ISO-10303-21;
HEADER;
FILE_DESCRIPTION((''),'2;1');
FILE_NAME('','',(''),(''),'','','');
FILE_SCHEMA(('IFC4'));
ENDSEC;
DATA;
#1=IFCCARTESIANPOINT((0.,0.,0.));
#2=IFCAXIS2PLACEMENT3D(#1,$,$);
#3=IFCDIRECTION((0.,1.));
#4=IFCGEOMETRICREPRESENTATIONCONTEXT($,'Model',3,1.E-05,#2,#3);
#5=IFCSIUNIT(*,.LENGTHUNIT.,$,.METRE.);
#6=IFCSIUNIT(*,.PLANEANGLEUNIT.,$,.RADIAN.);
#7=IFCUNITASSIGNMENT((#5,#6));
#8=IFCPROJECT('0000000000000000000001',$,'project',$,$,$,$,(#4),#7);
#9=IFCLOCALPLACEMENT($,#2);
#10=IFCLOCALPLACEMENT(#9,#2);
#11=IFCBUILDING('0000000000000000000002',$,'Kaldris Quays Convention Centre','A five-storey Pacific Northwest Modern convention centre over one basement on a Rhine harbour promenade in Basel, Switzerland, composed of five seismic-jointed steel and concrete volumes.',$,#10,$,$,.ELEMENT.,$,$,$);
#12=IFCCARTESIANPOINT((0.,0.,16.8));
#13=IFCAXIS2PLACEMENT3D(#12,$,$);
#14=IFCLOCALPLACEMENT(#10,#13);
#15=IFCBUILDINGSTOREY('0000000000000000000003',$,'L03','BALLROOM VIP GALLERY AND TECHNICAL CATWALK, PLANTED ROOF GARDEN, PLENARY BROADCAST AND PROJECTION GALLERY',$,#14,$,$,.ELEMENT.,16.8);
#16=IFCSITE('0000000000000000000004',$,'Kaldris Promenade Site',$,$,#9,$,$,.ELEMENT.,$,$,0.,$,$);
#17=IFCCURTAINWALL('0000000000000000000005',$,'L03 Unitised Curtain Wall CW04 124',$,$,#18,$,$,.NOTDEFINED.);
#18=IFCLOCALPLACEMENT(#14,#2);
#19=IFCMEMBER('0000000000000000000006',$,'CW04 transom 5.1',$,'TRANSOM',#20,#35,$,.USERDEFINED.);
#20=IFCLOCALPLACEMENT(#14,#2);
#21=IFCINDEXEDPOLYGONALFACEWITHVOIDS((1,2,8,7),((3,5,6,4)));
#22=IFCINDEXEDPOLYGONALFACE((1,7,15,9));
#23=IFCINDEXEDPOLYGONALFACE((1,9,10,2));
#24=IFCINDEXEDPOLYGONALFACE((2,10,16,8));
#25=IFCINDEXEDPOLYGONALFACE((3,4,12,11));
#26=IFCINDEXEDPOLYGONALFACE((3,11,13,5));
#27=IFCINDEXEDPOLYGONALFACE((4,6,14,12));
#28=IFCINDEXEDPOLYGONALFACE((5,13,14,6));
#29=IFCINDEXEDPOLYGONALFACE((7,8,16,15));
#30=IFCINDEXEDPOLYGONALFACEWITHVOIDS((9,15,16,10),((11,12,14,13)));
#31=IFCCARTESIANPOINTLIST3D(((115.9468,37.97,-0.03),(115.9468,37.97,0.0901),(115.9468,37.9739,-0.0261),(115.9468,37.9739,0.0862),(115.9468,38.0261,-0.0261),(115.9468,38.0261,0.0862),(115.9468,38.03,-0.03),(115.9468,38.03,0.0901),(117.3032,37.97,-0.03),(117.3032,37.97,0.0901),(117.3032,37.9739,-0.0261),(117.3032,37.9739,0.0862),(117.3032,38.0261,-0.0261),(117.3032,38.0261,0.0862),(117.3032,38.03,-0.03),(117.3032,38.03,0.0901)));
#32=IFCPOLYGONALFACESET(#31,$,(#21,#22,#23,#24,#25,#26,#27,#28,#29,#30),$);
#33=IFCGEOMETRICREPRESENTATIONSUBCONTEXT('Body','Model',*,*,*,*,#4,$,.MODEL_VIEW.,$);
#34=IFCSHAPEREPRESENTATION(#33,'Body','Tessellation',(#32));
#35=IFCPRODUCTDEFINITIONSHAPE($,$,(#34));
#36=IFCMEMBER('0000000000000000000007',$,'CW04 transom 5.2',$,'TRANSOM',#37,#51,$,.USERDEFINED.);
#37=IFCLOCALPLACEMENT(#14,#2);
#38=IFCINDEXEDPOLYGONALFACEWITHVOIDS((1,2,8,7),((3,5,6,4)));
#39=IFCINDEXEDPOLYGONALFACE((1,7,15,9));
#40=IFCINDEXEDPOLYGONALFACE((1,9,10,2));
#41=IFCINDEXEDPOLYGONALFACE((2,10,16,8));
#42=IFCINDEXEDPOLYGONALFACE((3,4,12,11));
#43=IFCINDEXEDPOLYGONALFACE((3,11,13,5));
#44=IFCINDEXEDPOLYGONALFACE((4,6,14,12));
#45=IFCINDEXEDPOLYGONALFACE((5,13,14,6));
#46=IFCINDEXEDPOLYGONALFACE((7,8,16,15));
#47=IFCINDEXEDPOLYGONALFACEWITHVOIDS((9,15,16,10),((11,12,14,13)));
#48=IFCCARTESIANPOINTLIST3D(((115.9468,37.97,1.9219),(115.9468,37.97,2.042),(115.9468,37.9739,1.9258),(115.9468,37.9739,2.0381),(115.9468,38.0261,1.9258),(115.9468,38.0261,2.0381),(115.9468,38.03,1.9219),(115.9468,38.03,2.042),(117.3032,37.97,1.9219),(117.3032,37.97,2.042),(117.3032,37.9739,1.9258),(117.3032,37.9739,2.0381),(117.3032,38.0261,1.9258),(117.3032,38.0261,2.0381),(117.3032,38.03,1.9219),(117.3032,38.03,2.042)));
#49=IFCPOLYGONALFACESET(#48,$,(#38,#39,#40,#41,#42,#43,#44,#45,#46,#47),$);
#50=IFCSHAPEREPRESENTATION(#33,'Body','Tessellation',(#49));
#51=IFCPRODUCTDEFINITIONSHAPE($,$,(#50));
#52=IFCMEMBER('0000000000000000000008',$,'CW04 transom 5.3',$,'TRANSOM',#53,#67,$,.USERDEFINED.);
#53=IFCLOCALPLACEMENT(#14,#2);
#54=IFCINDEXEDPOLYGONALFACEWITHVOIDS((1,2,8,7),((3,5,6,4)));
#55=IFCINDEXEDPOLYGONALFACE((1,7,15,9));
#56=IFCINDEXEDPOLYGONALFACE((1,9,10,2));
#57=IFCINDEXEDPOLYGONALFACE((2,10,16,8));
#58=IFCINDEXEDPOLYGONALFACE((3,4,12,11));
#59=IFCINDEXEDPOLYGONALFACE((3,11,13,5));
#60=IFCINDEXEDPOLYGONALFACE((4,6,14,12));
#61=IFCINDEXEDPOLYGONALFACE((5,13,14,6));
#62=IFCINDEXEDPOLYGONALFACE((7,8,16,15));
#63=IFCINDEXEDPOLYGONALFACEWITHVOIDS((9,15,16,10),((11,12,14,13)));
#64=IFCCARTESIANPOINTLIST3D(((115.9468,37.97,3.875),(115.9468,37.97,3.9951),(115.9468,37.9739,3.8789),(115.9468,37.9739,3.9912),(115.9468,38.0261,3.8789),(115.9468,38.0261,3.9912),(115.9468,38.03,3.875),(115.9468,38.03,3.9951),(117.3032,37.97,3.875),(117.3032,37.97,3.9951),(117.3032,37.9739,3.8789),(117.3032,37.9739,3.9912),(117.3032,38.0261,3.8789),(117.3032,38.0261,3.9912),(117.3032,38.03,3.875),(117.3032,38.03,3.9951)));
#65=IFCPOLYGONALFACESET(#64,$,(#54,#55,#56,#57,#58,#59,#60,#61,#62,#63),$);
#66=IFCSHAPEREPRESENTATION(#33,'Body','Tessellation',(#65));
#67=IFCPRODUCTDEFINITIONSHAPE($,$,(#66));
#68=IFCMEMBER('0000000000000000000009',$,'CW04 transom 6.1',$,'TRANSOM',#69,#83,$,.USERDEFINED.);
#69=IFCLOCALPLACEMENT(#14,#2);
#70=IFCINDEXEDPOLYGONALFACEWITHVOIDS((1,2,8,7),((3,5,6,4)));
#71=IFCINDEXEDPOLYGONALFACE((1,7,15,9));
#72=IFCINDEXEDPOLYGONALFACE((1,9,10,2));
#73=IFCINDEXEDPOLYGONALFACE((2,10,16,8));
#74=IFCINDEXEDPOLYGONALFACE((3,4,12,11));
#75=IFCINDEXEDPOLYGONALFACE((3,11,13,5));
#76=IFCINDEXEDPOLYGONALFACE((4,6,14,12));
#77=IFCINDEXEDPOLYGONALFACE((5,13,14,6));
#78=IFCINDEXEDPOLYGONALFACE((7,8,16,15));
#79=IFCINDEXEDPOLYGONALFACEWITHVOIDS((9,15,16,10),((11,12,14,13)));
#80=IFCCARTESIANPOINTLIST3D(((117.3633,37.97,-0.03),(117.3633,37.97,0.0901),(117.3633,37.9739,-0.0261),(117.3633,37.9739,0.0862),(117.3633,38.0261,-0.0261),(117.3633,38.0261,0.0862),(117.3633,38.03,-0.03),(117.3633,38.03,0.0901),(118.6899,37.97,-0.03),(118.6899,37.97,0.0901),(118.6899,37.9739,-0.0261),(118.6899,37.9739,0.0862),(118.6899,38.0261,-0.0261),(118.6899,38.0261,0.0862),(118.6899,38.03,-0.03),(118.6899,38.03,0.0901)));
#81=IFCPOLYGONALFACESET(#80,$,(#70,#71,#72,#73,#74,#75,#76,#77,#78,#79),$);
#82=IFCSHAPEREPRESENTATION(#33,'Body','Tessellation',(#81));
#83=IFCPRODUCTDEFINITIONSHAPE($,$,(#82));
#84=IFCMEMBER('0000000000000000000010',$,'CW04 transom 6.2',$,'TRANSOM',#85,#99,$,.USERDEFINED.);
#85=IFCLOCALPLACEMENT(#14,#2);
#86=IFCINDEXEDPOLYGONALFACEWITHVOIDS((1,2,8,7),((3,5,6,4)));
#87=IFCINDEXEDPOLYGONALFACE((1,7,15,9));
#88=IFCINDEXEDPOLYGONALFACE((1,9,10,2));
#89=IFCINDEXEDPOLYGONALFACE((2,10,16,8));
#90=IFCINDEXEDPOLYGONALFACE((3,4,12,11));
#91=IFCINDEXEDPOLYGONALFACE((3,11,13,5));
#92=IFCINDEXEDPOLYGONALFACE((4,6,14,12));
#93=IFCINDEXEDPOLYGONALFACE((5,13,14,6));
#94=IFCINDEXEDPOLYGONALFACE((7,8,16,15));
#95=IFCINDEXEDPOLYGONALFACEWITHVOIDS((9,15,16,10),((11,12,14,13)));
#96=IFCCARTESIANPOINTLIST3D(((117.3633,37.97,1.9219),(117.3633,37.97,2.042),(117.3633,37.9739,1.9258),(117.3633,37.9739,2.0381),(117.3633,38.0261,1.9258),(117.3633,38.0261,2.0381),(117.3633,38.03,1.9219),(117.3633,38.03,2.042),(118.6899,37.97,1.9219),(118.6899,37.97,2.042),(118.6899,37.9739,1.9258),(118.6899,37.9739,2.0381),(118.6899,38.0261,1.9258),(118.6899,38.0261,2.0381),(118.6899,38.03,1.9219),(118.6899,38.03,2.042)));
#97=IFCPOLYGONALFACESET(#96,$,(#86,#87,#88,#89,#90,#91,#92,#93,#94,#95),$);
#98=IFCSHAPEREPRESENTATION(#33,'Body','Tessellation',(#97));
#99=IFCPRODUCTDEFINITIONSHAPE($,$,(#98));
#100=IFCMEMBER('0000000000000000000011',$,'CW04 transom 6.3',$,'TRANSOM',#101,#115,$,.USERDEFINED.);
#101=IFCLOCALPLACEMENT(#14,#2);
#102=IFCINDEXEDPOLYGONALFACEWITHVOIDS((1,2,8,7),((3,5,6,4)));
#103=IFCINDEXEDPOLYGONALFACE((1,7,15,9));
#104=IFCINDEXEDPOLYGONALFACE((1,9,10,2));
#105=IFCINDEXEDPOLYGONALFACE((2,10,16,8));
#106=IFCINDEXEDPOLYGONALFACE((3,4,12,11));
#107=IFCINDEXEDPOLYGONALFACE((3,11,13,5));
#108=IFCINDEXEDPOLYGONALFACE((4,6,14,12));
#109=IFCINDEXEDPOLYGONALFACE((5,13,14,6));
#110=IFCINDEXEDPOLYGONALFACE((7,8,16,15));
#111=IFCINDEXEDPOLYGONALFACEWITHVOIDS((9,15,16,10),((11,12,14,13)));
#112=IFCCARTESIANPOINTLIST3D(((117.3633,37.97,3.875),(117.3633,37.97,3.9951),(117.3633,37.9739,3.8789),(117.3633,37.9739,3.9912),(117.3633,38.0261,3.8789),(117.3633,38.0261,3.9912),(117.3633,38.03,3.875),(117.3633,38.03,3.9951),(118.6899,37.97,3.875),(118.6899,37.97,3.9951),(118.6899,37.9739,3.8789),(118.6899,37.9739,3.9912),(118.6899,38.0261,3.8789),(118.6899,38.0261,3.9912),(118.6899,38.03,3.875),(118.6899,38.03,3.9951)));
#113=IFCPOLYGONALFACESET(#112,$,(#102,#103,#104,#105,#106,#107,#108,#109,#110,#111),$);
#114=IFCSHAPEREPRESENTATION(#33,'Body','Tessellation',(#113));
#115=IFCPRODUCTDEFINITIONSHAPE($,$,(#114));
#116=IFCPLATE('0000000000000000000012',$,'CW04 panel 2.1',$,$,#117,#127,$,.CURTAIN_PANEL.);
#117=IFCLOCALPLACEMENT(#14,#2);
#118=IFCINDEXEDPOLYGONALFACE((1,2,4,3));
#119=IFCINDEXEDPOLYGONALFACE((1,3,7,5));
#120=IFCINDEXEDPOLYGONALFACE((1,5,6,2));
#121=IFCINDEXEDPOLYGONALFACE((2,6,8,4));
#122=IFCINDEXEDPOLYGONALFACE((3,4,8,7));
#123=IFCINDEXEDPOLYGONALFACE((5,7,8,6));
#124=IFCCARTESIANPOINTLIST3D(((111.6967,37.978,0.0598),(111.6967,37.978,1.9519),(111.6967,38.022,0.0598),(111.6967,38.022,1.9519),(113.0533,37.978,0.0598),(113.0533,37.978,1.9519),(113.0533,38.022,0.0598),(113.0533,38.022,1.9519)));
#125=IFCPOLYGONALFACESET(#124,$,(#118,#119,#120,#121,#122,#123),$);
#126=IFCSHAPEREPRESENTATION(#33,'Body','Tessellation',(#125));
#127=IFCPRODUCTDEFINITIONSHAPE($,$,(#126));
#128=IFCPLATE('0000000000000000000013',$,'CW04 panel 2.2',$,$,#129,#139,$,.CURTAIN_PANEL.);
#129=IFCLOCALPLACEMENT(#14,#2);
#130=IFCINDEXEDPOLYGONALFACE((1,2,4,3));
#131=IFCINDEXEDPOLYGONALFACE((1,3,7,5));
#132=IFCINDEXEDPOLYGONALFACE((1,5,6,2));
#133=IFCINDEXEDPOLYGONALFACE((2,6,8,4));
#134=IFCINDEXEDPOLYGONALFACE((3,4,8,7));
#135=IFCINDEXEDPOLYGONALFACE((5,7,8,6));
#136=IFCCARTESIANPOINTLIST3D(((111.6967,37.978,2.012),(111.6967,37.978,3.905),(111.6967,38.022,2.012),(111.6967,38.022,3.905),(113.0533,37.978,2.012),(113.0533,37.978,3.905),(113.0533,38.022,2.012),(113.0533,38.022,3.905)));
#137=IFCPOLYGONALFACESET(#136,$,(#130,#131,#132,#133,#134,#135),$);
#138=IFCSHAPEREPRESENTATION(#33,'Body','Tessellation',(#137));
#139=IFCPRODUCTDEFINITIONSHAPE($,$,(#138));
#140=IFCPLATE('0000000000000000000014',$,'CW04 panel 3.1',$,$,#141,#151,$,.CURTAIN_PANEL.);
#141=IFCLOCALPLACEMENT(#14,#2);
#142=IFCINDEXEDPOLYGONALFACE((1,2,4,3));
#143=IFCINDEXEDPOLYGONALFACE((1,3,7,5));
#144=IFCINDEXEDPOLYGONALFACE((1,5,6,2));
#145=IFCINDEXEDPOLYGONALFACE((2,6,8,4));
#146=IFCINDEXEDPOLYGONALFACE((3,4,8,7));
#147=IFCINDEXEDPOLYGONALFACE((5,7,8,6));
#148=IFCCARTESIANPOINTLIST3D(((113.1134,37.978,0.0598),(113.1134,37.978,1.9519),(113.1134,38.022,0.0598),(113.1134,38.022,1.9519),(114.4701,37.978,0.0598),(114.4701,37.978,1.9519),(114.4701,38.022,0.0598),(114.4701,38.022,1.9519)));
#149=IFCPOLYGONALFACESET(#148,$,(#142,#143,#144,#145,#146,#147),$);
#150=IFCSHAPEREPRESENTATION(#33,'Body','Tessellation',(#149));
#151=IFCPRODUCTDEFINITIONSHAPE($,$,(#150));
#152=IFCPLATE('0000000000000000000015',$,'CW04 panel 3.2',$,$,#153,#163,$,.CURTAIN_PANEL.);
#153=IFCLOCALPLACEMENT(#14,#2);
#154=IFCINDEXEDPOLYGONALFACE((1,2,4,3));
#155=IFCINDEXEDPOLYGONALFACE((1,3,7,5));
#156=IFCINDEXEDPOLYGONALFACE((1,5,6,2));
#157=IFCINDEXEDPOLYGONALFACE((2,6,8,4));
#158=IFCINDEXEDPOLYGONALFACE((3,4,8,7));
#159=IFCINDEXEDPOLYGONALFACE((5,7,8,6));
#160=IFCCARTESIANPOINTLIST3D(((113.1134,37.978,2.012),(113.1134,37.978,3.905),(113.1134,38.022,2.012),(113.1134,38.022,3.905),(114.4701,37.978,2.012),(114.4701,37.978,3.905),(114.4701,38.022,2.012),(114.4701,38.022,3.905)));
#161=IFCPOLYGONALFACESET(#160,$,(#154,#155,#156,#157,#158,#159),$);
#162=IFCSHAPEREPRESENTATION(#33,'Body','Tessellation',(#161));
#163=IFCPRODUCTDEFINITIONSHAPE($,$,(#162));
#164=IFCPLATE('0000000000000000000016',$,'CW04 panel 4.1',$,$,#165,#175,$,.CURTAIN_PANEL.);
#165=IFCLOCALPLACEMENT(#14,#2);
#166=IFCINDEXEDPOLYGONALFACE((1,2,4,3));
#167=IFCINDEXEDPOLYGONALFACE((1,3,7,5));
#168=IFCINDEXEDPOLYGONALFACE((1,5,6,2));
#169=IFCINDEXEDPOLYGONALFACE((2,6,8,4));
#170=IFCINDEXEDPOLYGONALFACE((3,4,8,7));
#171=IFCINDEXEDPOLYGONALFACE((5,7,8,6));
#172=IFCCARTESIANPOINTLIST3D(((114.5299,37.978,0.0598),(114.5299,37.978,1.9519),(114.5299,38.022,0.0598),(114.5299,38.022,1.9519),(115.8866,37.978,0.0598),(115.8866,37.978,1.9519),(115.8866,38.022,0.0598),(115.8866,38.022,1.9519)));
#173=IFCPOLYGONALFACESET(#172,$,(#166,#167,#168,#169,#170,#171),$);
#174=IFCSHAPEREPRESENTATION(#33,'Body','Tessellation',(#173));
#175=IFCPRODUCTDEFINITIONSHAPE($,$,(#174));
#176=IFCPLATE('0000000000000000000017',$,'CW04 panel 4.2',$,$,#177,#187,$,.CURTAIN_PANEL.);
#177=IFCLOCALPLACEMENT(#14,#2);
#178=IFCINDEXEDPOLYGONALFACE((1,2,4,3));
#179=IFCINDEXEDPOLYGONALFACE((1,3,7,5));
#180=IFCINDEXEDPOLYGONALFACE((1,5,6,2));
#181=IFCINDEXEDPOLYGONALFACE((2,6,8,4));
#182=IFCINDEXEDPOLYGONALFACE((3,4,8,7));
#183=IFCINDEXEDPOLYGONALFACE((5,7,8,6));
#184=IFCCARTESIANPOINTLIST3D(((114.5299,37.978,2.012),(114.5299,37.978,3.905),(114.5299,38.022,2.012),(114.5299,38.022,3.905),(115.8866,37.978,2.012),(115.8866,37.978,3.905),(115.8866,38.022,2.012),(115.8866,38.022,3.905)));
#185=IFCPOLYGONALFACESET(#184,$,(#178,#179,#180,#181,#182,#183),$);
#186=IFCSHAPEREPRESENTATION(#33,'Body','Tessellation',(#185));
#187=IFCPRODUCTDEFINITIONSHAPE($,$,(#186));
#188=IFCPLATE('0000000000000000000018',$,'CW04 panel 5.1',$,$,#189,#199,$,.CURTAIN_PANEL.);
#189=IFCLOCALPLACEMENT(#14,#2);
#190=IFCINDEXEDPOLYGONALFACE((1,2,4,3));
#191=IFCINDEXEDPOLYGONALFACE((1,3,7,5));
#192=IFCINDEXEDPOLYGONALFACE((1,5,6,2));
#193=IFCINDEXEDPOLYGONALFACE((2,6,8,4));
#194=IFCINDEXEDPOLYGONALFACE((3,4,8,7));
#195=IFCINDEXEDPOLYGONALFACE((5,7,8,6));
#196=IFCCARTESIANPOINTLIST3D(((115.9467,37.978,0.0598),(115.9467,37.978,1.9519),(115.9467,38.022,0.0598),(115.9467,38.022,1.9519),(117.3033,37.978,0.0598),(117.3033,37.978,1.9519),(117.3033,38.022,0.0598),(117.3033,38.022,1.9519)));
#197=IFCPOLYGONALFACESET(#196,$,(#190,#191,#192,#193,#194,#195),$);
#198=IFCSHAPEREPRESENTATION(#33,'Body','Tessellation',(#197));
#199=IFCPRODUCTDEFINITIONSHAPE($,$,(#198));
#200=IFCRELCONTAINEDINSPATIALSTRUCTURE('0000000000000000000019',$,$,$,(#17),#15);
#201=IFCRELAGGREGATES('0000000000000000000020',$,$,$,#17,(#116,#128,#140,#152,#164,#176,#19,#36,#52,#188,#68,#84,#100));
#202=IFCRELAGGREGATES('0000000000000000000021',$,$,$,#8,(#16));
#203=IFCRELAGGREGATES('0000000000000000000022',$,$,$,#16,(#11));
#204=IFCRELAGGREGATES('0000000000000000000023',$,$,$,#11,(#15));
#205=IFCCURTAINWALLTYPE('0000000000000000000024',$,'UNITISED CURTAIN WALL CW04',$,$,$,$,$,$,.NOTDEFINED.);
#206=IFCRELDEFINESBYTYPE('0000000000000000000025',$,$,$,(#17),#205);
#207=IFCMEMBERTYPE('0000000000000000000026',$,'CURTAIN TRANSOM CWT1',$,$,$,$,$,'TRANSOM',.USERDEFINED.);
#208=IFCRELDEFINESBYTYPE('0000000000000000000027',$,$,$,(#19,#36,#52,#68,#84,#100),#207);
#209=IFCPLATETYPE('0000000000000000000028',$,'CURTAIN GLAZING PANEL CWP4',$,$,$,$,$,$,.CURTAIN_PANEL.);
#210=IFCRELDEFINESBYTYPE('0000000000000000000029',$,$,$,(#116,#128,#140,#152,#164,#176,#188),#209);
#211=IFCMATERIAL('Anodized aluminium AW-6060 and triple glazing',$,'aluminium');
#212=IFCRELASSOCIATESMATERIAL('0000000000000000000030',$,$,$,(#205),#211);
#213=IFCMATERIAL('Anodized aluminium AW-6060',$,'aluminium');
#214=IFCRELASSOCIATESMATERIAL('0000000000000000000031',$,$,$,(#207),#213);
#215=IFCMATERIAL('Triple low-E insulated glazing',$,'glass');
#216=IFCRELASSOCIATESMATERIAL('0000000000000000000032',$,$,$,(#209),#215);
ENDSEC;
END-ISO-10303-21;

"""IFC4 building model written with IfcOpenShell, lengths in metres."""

from ifc_helpers import new_model, si_unit, direction, frame, origin, origin_2d, place, context, subcontext, project, spatial, rectangle, hollow_rectangle, extrude, material, material_profile, profile_set, type_object, element, aggregate, save


model = new_model("IFC4")

# Units and contexts
model_context = context("Model", 3, precision=1e-05, world=origin(), true_north=direction((0.0, 1.0)))
body_context = subcontext(model_context, "Body", "Model", "MODEL_VIEW")
ifc_project = project(units=[si_unit("LENGTHUNIT", "METRE"), si_unit("PLANEANGLEUNIT", "RADIAN")], contexts=[model_context])

# Site, building, storey
site_placement = place(None, origin())
site = spatial("IfcSite", under=ifc_project, at=site_placement, Name="Kaldris Promenade Site", CompositionType="ELEMENT", RefElevation=0.0)
building_placement = place(site_placement, origin())
building = spatial("IfcBuilding", under=site, at=building_placement, Name="Kaldris Quays Convention Centre", Description="A five-storey Pacific Northwest Modern convention centre over one basement on a Rhine harbour promenade in Basel, Switzerland, composed of five seismic-jointed steel and concrete volumes.", CompositionType="ELEMENT")
storey_placement = place(building_placement, frame((0.0, 0.0, 16.8)))
storey = spatial("IfcBuildingStorey", under=building, at=storey_placement, Name="L03", Description="BALLROOM VIP GALLERY AND TECHNICAL CATWALK, PLANTED ROOF GARDEN, PLENARY BROADCAST AND PROJECTION GALLERY", CompositionType="ELEMENT", Elevation=16.8)

# Curtain wall, members, plates
ifc_material_1 = material(Name="Anodized aluminium AW-6060 and triple glazing", Category="aluminium")
curtain_wall_type = type_object("IfcCurtainWallType", Name="UNITISED CURTAIN WALL CW04", PredefinedType="NOTDEFINED", material=ifc_material_1)
curtain_wall_placement = place(storey_placement, origin())
curtain_wall = element("IfcCurtainWall", 1, at=curtain_wall_placement, inside=storey, type_object=curtain_wall_type, Name="L03 Unitised Curtain Wall CW04 124", PredefinedType="NOTDEFINED")
ifc_material_2 = material(Name="Anodized aluminium AW-6060", Category="aluminium")
ifc_material_profile_1 = material_profile(ifc_material_2, hollow_rectangle(XDim=0.0601, YDim=0.1201, WallThickness=0.0039, at=origin_2d()), Name="RHS 120x60x4")
ifc_profile_set_1 = profile_set([ifc_material_profile_1], Name="Anodized aluminium AW-6060")
member_type_1 = type_object("IfcMemberType", Name="CURTAIN TRANSOM CWT1", ElementType="TRANSOM", PredefinedType="USERDEFINED", material=ifc_profile_set_1)
member_1_placement = place(storey_placement, frame((115.9468, 38.0, 0.03), z_axis=(1.0, 0.0, 0.0), x_axis=(0.0, 1.0, 0.0)))
member_1 = element("IfcMember", 2, at=member_1_placement, type_object=member_type_1, Name="CW04 transom 5.1", ObjectType="TRANSOM", PredefinedType="USERDEFINED", context=body_context, shape_type="SweptSolid", body=[
    extrude(hollow_rectangle(XDim=0.0601, YDim=0.1201, WallThickness=0.0039, at=origin_2d()), origin(), (0.0, 0.0, 1.0), 1.3564),
])
member_2_placement = place(storey_placement, frame((115.9468, 38.0, 1.9819), z_axis=(1.0, 0.0, 0.0), x_axis=(0.0, 1.0, 0.0)))
member_2 = element("IfcMember", 3, at=member_2_placement, type_object=member_type_1, Name="CW04 transom 5.2", ObjectType="TRANSOM", PredefinedType="USERDEFINED", context=body_context, shape_type="SweptSolid", body=[
    extrude(hollow_rectangle(XDim=0.0601, YDim=0.1201, WallThickness=0.0039, at=origin_2d()), origin(), (0.0, 0.0, 1.0), 1.3564),
])
member_3_placement = place(storey_placement, frame((115.9468, 38.0, 3.9351), z_axis=(1.0, 0.0, 0.0), x_axis=(0.0, 1.0, 0.0)))
member_3 = element("IfcMember", 4, at=member_3_placement, type_object=member_type_1, Name="CW04 transom 5.3", ObjectType="TRANSOM", PredefinedType="USERDEFINED", context=body_context, shape_type="SweptSolid", body=[
    extrude(hollow_rectangle(XDim=0.0601, YDim=0.1201, WallThickness=0.0039, at=origin_2d()), origin(), (0.0, 0.0, 1.0), 1.3564),
])
member_4_placement = place(storey_placement, frame((117.3633, 38.0, 0.03), z_axis=(1.0, 0.0, 0.0), x_axis=(0.0, 1.0, 0.0)))
member_4 = element("IfcMember", 5, at=member_4_placement, type_object=member_type_1, Name="CW04 transom 6.1", ObjectType="TRANSOM", PredefinedType="USERDEFINED", context=body_context, shape_type="SweptSolid", body=[
    extrude(hollow_rectangle(XDim=0.0601, YDim=0.1201, WallThickness=0.0039, at=origin_2d()), origin(), (0.0, 0.0, 1.0), 1.3267),
])
member_5_placement = place(storey_placement, frame((117.3633, 38.0, 1.9819), z_axis=(1.0, 0.0, 0.0), x_axis=(0.0, 1.0, 0.0)))
member_5 = element("IfcMember", 6, at=member_5_placement, type_object=member_type_1, Name="CW04 transom 6.2", ObjectType="TRANSOM", PredefinedType="USERDEFINED", context=body_context, shape_type="SweptSolid", body=[
    extrude(hollow_rectangle(XDim=0.0601, YDim=0.1201, WallThickness=0.0039, at=origin_2d()), origin(), (0.0, 0.0, 1.0), 1.3267),
])
member_6_placement = place(storey_placement, frame((117.3633, 38.0, 3.9351), z_axis=(1.0, 0.0, 0.0), x_axis=(0.0, 1.0, 0.0)))
member_6 = element("IfcMember", 7, at=member_6_placement, type_object=member_type_1, Name="CW04 transom 6.3", ObjectType="TRANSOM", PredefinedType="USERDEFINED", context=body_context, shape_type="SweptSolid", body=[
    extrude(hollow_rectangle(XDim=0.0601, YDim=0.1201, WallThickness=0.0039, at=origin_2d()), origin(), (0.0, 0.0, 1.0), 1.3267),
])
ifc_material_3 = material(Name="Triple low-E insulated glazing", Category="glass")
plate_type = type_object("IfcPlateType", Name="CURTAIN GLAZING PANEL CWP4", PredefinedType="CURTAIN_PANEL", material=ifc_material_3)
plate_1_placement = place(storey_placement, frame((112.375, 38.0, 0.0598), z_axis=(0.0, 0.0, 1.0), x_axis=(1.0, 0.0, 0.0)))
plate_1 = element("IfcPlate", 8, at=plate_1_placement, type_object=plate_type, Name="CW04 panel 2.1", PredefinedType="CURTAIN_PANEL", context=body_context, shape_type="SweptSolid", body=[
    extrude(rectangle(XDim=1.3567, YDim=0.0439, at=origin_2d()), origin(), (0.0, 0.0, 1.0), 1.8921),
])
plate_2_placement = place(storey_placement, frame((112.375, 38.0, 2.012), z_axis=(0.0, 0.0, 1.0), x_axis=(1.0, 0.0, 0.0)))
plate_2 = element("IfcPlate", 9, at=plate_2_placement, type_object=plate_type, Name="CW04 panel 2.2", PredefinedType="CURTAIN_PANEL", context=body_context, shape_type="SweptSolid", body=[
    extrude(rectangle(XDim=1.3567, YDim=0.0439, at=origin_2d()), origin(), (0.0, 0.0, 1.0), 1.8931),
])
plate_3_placement = place(storey_placement, frame((113.7917, 38.0, 0.0598), z_axis=(0.0, 0.0, 1.0), x_axis=(1.0, 0.0, 0.0)))
plate_3 = element("IfcPlate", 10, at=plate_3_placement, type_object=plate_type, Name="CW04 panel 3.1", PredefinedType="CURTAIN_PANEL", context=body_context, shape_type="SweptSolid", body=[
    extrude(rectangle(XDim=1.3567, YDim=0.0439, at=origin_2d()), origin(), (0.0, 0.0, 1.0), 1.8921),
])
plate_4_placement = place(storey_placement, frame((113.7917, 38.0, 2.012), z_axis=(0.0, 0.0, 1.0), x_axis=(1.0, 0.0, 0.0)))
plate_4 = element("IfcPlate", 11, at=plate_4_placement, type_object=plate_type, Name="CW04 panel 3.2", PredefinedType="CURTAIN_PANEL", context=body_context, shape_type="SweptSolid", body=[
    extrude(rectangle(XDim=1.3567, YDim=0.0439, at=origin_2d()), origin(), (0.0, 0.0, 1.0), 1.8931),
])
plate_5_placement = place(storey_placement, frame((115.2083, 38.0, 0.0598), z_axis=(0.0, 0.0, 1.0), x_axis=(1.0, 0.0, 0.0)))
plate_5 = element("IfcPlate", 12, at=plate_5_placement, type_object=plate_type, Name="CW04 panel 4.1", PredefinedType="CURTAIN_PANEL", context=body_context, shape_type="SweptSolid", body=[
    extrude(rectangle(XDim=1.3567, YDim=0.0439, at=origin_2d()), origin(), (0.0, 0.0, 1.0), 1.8921),
])
plate_6_placement = place(storey_placement, frame((115.2083, 38.0, 2.012), z_axis=(0.0, 0.0, 1.0), x_axis=(1.0, 0.0, 0.0)))
plate_6 = element("IfcPlate", 13, at=plate_6_placement, type_object=plate_type, Name="CW04 panel 4.2", PredefinedType="CURTAIN_PANEL", context=body_context, shape_type="SweptSolid", body=[
    extrude(rectangle(XDim=1.3567, YDim=0.0439, at=origin_2d()), origin(), (0.0, 0.0, 1.0), 1.8931),
])
plate_7_placement = place(storey_placement, frame((116.625, 38.0, 0.0598), z_axis=(0.0, 0.0, 1.0), x_axis=(1.0, 0.0, 0.0)))
plate_7 = element("IfcPlate", 14, at=plate_7_placement, type_object=plate_type, Name="CW04 panel 5.1", PredefinedType="CURTAIN_PANEL", context=body_context, shape_type="SweptSolid", body=[
    extrude(rectangle(XDim=1.3567, YDim=0.0439, at=origin_2d()), origin(), (0.0, 0.0, 1.0), 1.8921),
])
aggregate(curtain_wall, [plate_1, plate_2, plate_3, plate_4, plate_5, plate_6, member_1, member_2, member_3, plate_7, member_4, member_5, member_6])

save(model, "model.ifc")
